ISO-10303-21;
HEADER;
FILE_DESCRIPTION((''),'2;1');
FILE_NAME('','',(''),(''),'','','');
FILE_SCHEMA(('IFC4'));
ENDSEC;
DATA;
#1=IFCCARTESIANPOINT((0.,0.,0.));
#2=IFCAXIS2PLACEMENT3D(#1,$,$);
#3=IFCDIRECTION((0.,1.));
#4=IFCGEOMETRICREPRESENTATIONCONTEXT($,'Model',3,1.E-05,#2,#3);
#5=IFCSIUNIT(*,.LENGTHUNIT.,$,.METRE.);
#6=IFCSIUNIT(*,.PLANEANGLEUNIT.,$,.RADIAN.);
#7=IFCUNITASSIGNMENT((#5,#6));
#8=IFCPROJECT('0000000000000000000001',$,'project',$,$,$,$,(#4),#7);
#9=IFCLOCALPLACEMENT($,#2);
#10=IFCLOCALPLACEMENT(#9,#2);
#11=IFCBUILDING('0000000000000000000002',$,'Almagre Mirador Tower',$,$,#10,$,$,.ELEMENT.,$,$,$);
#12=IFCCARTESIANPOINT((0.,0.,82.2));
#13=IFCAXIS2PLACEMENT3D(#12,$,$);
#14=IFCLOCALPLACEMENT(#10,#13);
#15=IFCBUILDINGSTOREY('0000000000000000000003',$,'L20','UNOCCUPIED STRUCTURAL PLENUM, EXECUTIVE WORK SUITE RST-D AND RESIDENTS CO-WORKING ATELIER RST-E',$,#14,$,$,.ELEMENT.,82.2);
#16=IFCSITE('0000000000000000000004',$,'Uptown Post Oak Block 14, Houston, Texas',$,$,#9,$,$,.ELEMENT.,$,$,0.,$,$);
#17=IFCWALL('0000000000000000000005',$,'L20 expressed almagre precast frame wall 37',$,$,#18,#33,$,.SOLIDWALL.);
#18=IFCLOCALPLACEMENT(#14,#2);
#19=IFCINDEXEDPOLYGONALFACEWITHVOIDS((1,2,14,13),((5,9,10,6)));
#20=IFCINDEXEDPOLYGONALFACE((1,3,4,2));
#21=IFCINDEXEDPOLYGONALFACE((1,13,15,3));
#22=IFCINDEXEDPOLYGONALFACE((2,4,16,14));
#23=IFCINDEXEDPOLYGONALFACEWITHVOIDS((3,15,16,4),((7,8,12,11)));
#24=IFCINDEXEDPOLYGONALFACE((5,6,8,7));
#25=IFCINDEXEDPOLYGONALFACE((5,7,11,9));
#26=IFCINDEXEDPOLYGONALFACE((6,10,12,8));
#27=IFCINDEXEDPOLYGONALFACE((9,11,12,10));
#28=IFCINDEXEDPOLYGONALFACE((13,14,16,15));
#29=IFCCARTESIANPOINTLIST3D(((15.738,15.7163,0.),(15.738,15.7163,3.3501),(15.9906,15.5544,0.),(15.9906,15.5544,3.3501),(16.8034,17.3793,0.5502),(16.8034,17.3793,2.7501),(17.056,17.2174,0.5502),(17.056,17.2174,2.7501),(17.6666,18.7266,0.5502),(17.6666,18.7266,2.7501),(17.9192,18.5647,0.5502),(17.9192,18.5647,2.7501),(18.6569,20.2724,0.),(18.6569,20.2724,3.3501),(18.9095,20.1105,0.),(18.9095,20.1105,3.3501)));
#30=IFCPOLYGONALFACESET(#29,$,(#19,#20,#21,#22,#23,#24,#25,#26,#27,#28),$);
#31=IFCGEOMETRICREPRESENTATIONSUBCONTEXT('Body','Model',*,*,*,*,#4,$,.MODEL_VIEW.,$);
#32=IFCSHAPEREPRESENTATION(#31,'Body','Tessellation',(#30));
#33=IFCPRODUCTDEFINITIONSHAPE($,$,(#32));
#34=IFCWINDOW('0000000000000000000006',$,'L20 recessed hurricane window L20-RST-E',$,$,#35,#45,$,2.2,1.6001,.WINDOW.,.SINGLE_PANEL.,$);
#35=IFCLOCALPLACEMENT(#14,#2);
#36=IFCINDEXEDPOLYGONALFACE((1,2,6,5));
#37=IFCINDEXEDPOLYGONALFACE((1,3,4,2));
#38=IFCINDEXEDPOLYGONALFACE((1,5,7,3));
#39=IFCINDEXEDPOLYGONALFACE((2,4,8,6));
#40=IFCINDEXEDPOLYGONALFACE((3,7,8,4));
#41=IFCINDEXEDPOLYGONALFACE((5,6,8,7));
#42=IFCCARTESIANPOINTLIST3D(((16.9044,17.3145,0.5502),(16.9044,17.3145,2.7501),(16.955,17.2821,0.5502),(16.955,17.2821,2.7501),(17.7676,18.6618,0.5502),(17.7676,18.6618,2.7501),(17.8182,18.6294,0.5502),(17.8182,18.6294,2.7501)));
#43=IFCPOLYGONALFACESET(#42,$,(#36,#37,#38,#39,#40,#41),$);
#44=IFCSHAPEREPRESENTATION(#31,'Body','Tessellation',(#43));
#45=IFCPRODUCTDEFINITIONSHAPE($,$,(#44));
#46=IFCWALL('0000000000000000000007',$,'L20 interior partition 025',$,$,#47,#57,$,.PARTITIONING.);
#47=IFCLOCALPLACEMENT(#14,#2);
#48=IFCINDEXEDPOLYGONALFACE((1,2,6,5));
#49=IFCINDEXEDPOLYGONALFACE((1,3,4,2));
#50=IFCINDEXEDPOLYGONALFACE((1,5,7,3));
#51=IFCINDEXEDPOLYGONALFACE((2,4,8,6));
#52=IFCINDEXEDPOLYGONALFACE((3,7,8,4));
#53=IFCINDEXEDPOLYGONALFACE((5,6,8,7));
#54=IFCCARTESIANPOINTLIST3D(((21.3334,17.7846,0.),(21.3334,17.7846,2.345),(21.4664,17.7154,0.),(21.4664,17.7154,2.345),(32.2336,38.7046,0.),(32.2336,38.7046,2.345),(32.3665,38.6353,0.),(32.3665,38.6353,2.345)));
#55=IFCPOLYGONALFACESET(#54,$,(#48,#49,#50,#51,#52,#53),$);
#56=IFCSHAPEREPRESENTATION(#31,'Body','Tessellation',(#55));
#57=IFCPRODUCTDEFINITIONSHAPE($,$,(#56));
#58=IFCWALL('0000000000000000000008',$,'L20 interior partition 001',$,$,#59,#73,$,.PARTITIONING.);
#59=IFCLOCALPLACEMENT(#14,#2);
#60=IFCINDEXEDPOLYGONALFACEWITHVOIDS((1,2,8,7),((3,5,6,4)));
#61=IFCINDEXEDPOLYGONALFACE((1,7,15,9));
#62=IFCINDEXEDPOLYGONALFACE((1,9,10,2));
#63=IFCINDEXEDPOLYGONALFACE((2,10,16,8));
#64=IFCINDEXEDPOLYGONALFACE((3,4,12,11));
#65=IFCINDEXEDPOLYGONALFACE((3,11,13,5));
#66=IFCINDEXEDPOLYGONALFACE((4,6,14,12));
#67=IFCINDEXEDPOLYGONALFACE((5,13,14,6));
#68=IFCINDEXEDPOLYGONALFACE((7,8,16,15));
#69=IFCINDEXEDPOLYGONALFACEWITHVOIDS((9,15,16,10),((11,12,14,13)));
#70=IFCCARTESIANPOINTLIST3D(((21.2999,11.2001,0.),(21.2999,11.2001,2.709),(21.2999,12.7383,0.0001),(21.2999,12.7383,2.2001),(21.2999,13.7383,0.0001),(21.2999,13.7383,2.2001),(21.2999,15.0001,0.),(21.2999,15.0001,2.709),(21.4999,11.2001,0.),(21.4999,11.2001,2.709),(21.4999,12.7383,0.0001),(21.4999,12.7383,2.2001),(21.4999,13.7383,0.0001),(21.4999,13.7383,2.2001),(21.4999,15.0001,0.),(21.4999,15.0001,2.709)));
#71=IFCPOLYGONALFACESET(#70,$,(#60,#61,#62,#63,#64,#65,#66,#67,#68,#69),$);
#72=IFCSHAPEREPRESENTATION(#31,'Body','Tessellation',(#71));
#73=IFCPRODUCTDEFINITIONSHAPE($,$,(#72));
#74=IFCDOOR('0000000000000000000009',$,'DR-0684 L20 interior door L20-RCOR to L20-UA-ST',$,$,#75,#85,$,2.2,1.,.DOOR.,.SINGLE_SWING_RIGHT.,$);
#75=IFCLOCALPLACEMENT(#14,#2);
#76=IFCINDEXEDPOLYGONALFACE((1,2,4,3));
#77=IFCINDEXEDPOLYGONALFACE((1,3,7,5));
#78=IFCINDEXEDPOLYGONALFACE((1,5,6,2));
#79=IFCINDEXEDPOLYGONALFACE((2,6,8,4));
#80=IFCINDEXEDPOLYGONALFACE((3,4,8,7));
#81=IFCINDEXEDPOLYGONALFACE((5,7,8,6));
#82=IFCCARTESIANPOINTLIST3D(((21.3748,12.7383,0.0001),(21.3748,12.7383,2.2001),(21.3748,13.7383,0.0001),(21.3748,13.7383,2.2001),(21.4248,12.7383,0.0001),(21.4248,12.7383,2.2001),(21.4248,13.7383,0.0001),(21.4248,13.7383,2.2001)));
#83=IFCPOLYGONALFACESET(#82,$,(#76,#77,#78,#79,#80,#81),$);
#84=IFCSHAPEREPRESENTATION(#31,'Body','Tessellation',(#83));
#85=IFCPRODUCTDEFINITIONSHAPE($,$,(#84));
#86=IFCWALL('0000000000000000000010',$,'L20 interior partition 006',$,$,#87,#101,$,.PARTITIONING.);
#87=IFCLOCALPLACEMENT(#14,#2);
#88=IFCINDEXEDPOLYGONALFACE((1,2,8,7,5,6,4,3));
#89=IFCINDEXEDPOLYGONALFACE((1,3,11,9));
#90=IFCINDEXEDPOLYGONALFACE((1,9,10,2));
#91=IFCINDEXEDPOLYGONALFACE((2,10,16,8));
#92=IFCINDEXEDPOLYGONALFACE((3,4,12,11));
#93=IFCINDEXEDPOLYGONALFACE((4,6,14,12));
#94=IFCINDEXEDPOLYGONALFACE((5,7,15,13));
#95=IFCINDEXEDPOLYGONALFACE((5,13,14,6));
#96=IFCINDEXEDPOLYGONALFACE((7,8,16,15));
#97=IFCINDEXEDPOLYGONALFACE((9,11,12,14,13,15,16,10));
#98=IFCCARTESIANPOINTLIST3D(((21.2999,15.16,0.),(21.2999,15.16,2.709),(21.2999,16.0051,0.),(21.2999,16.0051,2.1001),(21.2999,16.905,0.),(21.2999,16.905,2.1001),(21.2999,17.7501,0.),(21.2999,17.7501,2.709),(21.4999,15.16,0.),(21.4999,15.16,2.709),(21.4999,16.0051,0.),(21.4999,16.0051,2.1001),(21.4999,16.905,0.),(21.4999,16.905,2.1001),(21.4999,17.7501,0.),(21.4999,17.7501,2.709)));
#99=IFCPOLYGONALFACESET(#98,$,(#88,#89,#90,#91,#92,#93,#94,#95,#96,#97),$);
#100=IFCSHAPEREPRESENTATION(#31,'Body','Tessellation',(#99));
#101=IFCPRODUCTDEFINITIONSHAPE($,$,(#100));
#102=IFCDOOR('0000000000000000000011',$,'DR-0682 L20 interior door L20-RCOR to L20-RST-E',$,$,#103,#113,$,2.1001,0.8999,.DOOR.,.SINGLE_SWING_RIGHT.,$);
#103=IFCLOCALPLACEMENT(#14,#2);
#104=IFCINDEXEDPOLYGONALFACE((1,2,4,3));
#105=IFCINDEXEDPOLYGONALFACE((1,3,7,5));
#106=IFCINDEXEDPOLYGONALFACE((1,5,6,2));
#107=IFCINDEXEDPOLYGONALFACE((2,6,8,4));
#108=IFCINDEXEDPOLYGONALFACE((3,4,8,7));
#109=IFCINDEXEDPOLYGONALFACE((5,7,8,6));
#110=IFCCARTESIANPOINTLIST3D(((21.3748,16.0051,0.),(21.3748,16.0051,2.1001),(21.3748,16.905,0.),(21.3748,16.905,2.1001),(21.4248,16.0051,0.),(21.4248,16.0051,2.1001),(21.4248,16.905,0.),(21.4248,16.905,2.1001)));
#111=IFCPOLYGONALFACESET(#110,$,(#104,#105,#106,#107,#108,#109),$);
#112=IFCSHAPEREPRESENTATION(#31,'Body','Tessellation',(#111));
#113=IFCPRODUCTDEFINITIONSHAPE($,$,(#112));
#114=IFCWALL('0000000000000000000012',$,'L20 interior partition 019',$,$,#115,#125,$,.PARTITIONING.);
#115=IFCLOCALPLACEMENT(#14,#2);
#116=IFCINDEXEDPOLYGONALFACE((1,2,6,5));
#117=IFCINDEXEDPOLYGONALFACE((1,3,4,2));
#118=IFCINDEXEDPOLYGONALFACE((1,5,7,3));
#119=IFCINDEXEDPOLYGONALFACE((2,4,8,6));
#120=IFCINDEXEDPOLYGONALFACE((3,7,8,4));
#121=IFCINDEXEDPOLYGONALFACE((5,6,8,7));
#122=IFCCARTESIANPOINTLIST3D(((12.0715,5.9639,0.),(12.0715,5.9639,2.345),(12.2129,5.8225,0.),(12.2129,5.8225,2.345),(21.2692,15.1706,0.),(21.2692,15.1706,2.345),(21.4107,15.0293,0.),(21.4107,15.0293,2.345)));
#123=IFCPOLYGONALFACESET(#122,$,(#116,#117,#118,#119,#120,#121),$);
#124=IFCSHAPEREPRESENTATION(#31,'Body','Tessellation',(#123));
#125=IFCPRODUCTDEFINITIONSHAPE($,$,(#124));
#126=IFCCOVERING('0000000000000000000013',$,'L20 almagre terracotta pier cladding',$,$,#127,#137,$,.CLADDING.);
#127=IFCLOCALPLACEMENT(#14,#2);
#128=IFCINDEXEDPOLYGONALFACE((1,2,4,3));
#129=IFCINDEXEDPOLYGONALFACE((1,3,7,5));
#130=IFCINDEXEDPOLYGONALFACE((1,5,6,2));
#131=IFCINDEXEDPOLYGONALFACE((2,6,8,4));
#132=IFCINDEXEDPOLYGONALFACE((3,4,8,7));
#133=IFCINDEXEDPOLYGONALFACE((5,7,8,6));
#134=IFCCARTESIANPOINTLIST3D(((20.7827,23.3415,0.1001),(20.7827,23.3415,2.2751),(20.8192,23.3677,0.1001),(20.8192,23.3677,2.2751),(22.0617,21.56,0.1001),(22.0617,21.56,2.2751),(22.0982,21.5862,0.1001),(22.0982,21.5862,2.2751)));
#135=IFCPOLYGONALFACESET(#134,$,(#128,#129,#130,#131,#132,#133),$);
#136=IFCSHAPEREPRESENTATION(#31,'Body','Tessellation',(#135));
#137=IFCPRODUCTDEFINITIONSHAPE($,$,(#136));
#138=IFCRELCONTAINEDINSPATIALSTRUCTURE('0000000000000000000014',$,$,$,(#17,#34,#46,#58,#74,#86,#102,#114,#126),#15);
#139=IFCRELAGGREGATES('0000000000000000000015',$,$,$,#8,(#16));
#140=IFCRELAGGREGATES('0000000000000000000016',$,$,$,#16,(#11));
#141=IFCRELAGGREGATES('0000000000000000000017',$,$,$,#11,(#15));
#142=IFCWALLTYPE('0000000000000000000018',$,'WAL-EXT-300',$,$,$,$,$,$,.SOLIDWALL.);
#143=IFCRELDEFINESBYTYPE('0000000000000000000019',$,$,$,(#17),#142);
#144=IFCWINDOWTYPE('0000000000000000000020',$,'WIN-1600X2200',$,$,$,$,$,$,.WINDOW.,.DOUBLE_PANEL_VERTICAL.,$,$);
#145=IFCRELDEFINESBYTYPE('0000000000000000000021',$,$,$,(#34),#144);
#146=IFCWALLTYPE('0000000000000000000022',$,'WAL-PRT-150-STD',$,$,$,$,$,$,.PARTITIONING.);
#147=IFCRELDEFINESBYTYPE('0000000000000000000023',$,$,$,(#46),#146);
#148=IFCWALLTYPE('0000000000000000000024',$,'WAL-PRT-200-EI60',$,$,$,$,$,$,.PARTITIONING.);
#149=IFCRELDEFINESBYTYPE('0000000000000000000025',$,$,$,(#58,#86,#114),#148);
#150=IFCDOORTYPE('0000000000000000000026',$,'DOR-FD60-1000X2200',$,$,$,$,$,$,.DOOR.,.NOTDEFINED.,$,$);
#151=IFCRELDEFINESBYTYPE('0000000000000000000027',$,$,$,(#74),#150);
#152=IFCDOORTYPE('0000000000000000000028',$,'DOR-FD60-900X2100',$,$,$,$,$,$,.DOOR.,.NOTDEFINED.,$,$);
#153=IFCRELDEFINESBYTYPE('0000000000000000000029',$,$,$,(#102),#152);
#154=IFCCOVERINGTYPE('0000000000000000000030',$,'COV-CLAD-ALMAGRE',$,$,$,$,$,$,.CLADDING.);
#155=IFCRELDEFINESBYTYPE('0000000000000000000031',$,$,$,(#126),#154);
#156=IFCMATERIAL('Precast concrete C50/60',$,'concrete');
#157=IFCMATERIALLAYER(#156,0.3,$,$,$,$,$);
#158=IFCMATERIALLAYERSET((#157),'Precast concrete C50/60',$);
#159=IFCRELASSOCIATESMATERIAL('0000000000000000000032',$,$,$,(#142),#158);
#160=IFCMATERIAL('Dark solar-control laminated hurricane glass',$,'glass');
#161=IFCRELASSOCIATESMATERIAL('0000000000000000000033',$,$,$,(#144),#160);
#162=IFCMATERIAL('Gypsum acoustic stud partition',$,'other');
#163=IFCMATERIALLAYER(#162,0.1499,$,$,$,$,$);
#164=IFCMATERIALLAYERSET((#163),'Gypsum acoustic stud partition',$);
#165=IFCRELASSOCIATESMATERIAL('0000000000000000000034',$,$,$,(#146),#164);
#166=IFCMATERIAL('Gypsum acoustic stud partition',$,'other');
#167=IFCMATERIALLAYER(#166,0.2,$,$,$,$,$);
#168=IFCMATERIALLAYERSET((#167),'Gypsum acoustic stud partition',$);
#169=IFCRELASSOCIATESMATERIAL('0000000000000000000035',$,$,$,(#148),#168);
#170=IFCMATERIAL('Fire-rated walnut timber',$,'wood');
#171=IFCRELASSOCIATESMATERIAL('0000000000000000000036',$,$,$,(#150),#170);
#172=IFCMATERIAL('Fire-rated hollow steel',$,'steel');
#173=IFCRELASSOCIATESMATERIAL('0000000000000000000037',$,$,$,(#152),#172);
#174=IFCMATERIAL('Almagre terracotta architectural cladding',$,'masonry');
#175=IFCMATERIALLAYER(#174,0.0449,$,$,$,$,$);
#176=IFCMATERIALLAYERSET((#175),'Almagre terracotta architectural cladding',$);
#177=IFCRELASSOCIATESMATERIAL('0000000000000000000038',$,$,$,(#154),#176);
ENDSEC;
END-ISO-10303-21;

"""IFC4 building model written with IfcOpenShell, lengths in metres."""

from ifc_helpers import new_model, si_unit, direction, frame, frame_2d, origin, origin_2d, place, context, subcontext, project, spatial, rectangle, extrude, material, layer, layer_set, type_object, element, fill, save


model = new_model("IFC4")

# Units and contexts
model_context = context("Model", 3, precision=1e-05, world=origin(), true_north=direction((0.0, 1.0)))
body_context = subcontext(model_context, "Body", "Model", "MODEL_VIEW")
ifc_project = project(units=[si_unit("LENGTHUNIT", "METRE"), si_unit("PLANEANGLEUNIT", "RADIAN")], contexts=[model_context])

# Site, building, storey
site_placement = place(None, origin())
site = spatial("IfcSite", under=ifc_project, at=site_placement, Name="Uptown Post Oak Block 14, Houston, Texas", CompositionType="ELEMENT", RefElevation=0.0)
building_placement = place(site_placement, origin())
building = spatial("IfcBuilding", under=site, at=building_placement, Name="Almagre Mirador Tower", CompositionType="ELEMENT")
storey_placement = place(building_placement, frame((0.0, 0.0, 82.2)))
storey = spatial("IfcBuildingStorey", under=building, at=storey_placement, Name="L20", Description="UNOCCUPIED STRUCTURAL PLENUM, EXECUTIVE WORK SUITE RST-D AND RESIDENTS CO-WORKING ATELIER RST-E", CompositionType="ELEMENT", Elevation=82.2)

# Shared definitions
ifc_material_1 = material(Name="Precast concrete C50/60", Category="concrete")
ifc_layer_1 = layer(ifc_material_1, 0.3)
ifc_layer_set_1 = layer_set([ifc_layer_1], Name="Precast concrete C50/60")
wall_type_1 = type_object("IfcWallType", Name="WAL-EXT-300", PredefinedType="SOLIDWALL", material=ifc_layer_set_1)

# Wall, opening, window
wall_1_placement = place(storey_placement, frame((15.8643, 15.6353, 0.0), z_axis=(0.0, 0.0, 1.0), x_axis=(0.539448, 0.842019, 0.0)))
wall_1 = element("IfcWall", 1, at=wall_1_placement, inside=storey, type_object=wall_type_1, Name="L20 expressed almagre precast frame wall 37", PredefinedType="SOLIDWALL", context=body_context, shape_type="SweptSolid", body=[
    extrude(rectangle(XDim=5.4109, YDim=0.3, at=frame_2d((2.7056, 0.0))), origin(), (0.0, 0.0, 1.0), 3.3501),
])
opening_1_placement = place(wall_1_placement, frame((1.9751, 0.0, 0.55)))
opening_1 = element("IfcOpeningElement", 2, at=opening_1_placement, cuts=wall_1, PredefinedType="OPENING", context=body_context, shape_type="SweptSolid", body=[
    extrude(rectangle(XDim=1.6001, YDim=2.2, at=frame_2d((0.8, 1.1001))), frame((0.0, 0.1599, 0.0), z_axis=(0.0, -1.0, 0.0), x_axis=(1.0, 0.0, 0.0)), (0.0, 0.0, 1.0), 0.32),
])
ifc_material_2 = material(Name="Dark solar-control laminated hurricane glass", Category="glass")
window_type = type_object("IfcWindowType", Name="WIN-1600X2200", PartitioningType="DOUBLE_PANEL_VERTICAL", PredefinedType="WINDOW", material=ifc_material_2)
window_placement = place(opening_1_placement, origin())
window = element("IfcWindow", 3, at=window_placement, inside=storey, type_object=window_type, Name="L20 recessed hurricane window L20-RST-E", OverallHeight=2.2, OverallWidth=1.6001, PartitioningType="SINGLE_PANEL", PredefinedType="WINDOW", context=body_context, shape_type="SweptSolid", body=[
    extrude(rectangle(XDim=1.6001, YDim=2.2, at=frame_2d((0.8, 1.1001))), frame((0.0, 0.03, 0.0), z_axis=(0.0, -1.0, 0.0), x_axis=(1.0, 0.0, 0.0)), (0.0, 0.0, 1.0), 0.0601),
])
fill(opening_1, window)

# Wall
ifc_material_3 = material(Name="Gypsum acoustic stud partition", Category="other")
ifc_layer_2 = layer(ifc_material_3, 0.1499)
ifc_layer_set_2 = layer_set([ifc_layer_2], Name="Gypsum acoustic stud partition")
wall_type_2 = type_object("IfcWallType", Name="WAL-PRT-150-STD", PredefinedType="PARTITIONING", material=ifc_layer_set_2)
wall_2_placement = place(storey_placement, frame((21.3999, 17.75, 0.0), z_axis=(0.0, 0.0, 1.0), x_axis=(0.46208, 0.886838, 0.0)))
element("IfcWall", 4, at=wall_2_placement, inside=storey, type_object=wall_type_2, Name="L20 interior partition 025", PredefinedType="PARTITIONING", context=body_context, shape_type="SweptSolid", body=[
    extrude(rectangle(XDim=23.5894, YDim=0.1499, at=frame_2d((11.7947, 0.0))), origin(), (0.0, 0.0, 1.0), 2.345),
])

# Walls, openings, doors
ifc_material_4 = material(Name="Gypsum acoustic stud partition", Category="other")
ifc_layer_3 = layer(ifc_material_4, 0.2)
ifc_layer_set_3 = layer_set([ifc_layer_3], Name="Gypsum acoustic stud partition")
wall_type_3 = type_object("IfcWallType", Name="WAL-PRT-200-EI60", PredefinedType="PARTITIONING", material=ifc_layer_set_3)
wall_3_placement = place(storey_placement, frame((21.3999, 15.0, 0.0), z_axis=(0.0, 0.0, 1.0), x_axis=(0.0, -1.0, 0.0)))
wall_3 = element("IfcWall", 5, at=wall_3_placement, inside=storey, type_object=wall_type_3, Name="L20 interior partition 001", PredefinedType="PARTITIONING", context=body_context, shape_type="SweptSolid", body=[
    extrude(rectangle(XDim=3.8, YDim=0.2, at=frame_2d((1.8999, 0.0))), origin(), (0.0, 0.0, 1.0), 2.709),
])
opening_2_placement = place(wall_3_placement, frame((1.2617, 0.0, 0.0)))
opening_2 = element("IfcOpeningElement", 6, at=opening_2_placement, cuts=wall_3, PredefinedType="OPENING", context=body_context, shape_type="SweptSolid", body=[
    extrude(rectangle(XDim=1.0, YDim=2.2, at=frame_2d((0.5, 1.1001))), frame((0.0, 0.1101, 0.0), z_axis=(0.0, -1.0, 0.0), x_axis=(1.0, 0.0, 0.0)), (0.0, 0.0, 1.0), 0.22),
])
ifc_material_5 = material(Name="Fire-rated walnut timber", Category="wood")
door_type_1 = type_object("IfcDoorType", Name="DOR-FD60-1000X2200", OperationType="NOTDEFINED", PredefinedType="DOOR", material=ifc_material_5)
door_1_placement = place(opening_2_placement, origin())
door_1 = element("IfcDoor", 7, at=door_1_placement, inside=storey, type_object=door_type_1, Name="DR-0684 L20 interior door L20-RCOR to L20-UA-ST", OperationType="SINGLE_SWING_RIGHT", OverallHeight=2.2, OverallWidth=1.0, PredefinedType="DOOR", context=body_context, shape_type="SweptSolid", body=[
    extrude(rectangle(XDim=1.0, YDim=2.2, at=frame_2d((0.5, 1.1001))), frame((0.0, 0.0249, 0.0), z_axis=(0.0, -1.0, 0.0), x_axis=(1.0, 0.0, 0.0)), (0.0, 0.0, 1.0), 0.05),
])
fill(opening_2, door_1)
wall_4_placement = place(storey_placement, frame((21.3999, 17.75, 0.0), z_axis=(0.0, 0.0, 1.0), x_axis=(0.0, -1.0, 0.0)))
wall_4 = element("IfcWall", 8, at=wall_4_placement, inside=storey, type_object=wall_type_3, Name="L20 interior partition 006", PredefinedType="PARTITIONING", context=body_context, shape_type="SweptSolid", body=[
    extrude(rectangle(XDim=2.5901, YDim=0.2, at=frame_2d((1.2949, 0.0))), origin(), (0.0, 0.0, 1.0), 2.709),
])
opening_3_placement = place(wall_4_placement, frame((0.845, 0.0, 0.0)))
opening_3 = element("IfcOpeningElement", 9, at=opening_3_placement, cuts=wall_4, PredefinedType="OPENING", context=body_context, shape_type="SweptSolid", body=[
    extrude(rectangle(XDim=0.8999, YDim=2.1001, at=frame_2d((0.45, 1.05))), frame((0.0, 0.1101, 0.0), z_axis=(0.0, -1.0, 0.0), x_axis=(1.0, 0.0, 0.0)), (0.0, 0.0, 1.0), 0.22),
])
ifc_material_6 = material(Name="Fire-rated hollow steel", Category="steel")
door_type_2 = type_object("IfcDoorType", Name="DOR-FD60-900X2100", OperationType="NOTDEFINED", PredefinedType="DOOR", material=ifc_material_6)
door_2_placement = place(opening_3_placement, origin())
door_2 = element("IfcDoor", 10, at=door_2_placement, inside=storey, type_object=door_type_2, Name="DR-0682 L20 interior door L20-RCOR to L20-RST-E", OperationType="SINGLE_SWING_RIGHT", OverallHeight=2.1001, OverallWidth=0.8999, PredefinedType="DOOR", context=body_context, shape_type="SweptSolid", body=[
    extrude(rectangle(XDim=0.8999, YDim=2.1001, at=frame_2d((0.45, 1.05))), frame((0.0, 0.0249, 0.0), z_axis=(0.0, -1.0, 0.0), x_axis=(1.0, 0.0, 0.0)), (0.0, 0.0, 1.0), 0.05),
])
fill(opening_3, door_2)

# Wall
wall_5_placement = place(storey_placement, frame((21.3398, 15.0999, 0.0), z_axis=(0.0, 0.0, 1.0), x_axis=(-0.70676, -0.707454, 0.0)))
element("IfcWall", 11, at=wall_5_placement, inside=storey, type_object=wall_type_3, Name="L20 interior partition 019", PredefinedType="PARTITIONING", context=body_context, shape_type="SweptSolid", body=[
    extrude(rectangle(XDim=13.0139, YDim=0.2, at=frame_2d((6.5068, 0.0))), origin(), (0.0, 0.0, 1.0), 2.345),
])

# Covering
ifc_material_7 = material(Name="Almagre terracotta architectural cladding", Category="masonry")
ifc_layer_4 = layer(ifc_material_7, 0.0449)
ifc_layer_set_4 = layer_set([ifc_layer_4], Name="Almagre terracotta architectural cladding")
covering_type = type_object("IfcCoveringType", Name="COV-CLAD-ALMAGRE", PredefinedType="CLADDING", material=ifc_layer_set_4)
covering_placement = place(storey_placement, frame((21.4404, 22.4639, 0.1001), z_axis=(0.0, 0.0, 1.0), x_axis=(-0.583187, 0.812338, 0.0)))
element("IfcCovering", 12, at=covering_placement, inside=storey, type_object=covering_type, Name="L20 almagre terracotta pier cladding", PredefinedType="CLADDING", context=body_context, shape_type="SweptSolid", body=[
    extrude(rectangle(XDim=2.1931, YDim=0.0449, at=origin_2d()), origin(), (0.0, 0.0, 1.0), 2.175),
])

save(model, "model.ifc")
